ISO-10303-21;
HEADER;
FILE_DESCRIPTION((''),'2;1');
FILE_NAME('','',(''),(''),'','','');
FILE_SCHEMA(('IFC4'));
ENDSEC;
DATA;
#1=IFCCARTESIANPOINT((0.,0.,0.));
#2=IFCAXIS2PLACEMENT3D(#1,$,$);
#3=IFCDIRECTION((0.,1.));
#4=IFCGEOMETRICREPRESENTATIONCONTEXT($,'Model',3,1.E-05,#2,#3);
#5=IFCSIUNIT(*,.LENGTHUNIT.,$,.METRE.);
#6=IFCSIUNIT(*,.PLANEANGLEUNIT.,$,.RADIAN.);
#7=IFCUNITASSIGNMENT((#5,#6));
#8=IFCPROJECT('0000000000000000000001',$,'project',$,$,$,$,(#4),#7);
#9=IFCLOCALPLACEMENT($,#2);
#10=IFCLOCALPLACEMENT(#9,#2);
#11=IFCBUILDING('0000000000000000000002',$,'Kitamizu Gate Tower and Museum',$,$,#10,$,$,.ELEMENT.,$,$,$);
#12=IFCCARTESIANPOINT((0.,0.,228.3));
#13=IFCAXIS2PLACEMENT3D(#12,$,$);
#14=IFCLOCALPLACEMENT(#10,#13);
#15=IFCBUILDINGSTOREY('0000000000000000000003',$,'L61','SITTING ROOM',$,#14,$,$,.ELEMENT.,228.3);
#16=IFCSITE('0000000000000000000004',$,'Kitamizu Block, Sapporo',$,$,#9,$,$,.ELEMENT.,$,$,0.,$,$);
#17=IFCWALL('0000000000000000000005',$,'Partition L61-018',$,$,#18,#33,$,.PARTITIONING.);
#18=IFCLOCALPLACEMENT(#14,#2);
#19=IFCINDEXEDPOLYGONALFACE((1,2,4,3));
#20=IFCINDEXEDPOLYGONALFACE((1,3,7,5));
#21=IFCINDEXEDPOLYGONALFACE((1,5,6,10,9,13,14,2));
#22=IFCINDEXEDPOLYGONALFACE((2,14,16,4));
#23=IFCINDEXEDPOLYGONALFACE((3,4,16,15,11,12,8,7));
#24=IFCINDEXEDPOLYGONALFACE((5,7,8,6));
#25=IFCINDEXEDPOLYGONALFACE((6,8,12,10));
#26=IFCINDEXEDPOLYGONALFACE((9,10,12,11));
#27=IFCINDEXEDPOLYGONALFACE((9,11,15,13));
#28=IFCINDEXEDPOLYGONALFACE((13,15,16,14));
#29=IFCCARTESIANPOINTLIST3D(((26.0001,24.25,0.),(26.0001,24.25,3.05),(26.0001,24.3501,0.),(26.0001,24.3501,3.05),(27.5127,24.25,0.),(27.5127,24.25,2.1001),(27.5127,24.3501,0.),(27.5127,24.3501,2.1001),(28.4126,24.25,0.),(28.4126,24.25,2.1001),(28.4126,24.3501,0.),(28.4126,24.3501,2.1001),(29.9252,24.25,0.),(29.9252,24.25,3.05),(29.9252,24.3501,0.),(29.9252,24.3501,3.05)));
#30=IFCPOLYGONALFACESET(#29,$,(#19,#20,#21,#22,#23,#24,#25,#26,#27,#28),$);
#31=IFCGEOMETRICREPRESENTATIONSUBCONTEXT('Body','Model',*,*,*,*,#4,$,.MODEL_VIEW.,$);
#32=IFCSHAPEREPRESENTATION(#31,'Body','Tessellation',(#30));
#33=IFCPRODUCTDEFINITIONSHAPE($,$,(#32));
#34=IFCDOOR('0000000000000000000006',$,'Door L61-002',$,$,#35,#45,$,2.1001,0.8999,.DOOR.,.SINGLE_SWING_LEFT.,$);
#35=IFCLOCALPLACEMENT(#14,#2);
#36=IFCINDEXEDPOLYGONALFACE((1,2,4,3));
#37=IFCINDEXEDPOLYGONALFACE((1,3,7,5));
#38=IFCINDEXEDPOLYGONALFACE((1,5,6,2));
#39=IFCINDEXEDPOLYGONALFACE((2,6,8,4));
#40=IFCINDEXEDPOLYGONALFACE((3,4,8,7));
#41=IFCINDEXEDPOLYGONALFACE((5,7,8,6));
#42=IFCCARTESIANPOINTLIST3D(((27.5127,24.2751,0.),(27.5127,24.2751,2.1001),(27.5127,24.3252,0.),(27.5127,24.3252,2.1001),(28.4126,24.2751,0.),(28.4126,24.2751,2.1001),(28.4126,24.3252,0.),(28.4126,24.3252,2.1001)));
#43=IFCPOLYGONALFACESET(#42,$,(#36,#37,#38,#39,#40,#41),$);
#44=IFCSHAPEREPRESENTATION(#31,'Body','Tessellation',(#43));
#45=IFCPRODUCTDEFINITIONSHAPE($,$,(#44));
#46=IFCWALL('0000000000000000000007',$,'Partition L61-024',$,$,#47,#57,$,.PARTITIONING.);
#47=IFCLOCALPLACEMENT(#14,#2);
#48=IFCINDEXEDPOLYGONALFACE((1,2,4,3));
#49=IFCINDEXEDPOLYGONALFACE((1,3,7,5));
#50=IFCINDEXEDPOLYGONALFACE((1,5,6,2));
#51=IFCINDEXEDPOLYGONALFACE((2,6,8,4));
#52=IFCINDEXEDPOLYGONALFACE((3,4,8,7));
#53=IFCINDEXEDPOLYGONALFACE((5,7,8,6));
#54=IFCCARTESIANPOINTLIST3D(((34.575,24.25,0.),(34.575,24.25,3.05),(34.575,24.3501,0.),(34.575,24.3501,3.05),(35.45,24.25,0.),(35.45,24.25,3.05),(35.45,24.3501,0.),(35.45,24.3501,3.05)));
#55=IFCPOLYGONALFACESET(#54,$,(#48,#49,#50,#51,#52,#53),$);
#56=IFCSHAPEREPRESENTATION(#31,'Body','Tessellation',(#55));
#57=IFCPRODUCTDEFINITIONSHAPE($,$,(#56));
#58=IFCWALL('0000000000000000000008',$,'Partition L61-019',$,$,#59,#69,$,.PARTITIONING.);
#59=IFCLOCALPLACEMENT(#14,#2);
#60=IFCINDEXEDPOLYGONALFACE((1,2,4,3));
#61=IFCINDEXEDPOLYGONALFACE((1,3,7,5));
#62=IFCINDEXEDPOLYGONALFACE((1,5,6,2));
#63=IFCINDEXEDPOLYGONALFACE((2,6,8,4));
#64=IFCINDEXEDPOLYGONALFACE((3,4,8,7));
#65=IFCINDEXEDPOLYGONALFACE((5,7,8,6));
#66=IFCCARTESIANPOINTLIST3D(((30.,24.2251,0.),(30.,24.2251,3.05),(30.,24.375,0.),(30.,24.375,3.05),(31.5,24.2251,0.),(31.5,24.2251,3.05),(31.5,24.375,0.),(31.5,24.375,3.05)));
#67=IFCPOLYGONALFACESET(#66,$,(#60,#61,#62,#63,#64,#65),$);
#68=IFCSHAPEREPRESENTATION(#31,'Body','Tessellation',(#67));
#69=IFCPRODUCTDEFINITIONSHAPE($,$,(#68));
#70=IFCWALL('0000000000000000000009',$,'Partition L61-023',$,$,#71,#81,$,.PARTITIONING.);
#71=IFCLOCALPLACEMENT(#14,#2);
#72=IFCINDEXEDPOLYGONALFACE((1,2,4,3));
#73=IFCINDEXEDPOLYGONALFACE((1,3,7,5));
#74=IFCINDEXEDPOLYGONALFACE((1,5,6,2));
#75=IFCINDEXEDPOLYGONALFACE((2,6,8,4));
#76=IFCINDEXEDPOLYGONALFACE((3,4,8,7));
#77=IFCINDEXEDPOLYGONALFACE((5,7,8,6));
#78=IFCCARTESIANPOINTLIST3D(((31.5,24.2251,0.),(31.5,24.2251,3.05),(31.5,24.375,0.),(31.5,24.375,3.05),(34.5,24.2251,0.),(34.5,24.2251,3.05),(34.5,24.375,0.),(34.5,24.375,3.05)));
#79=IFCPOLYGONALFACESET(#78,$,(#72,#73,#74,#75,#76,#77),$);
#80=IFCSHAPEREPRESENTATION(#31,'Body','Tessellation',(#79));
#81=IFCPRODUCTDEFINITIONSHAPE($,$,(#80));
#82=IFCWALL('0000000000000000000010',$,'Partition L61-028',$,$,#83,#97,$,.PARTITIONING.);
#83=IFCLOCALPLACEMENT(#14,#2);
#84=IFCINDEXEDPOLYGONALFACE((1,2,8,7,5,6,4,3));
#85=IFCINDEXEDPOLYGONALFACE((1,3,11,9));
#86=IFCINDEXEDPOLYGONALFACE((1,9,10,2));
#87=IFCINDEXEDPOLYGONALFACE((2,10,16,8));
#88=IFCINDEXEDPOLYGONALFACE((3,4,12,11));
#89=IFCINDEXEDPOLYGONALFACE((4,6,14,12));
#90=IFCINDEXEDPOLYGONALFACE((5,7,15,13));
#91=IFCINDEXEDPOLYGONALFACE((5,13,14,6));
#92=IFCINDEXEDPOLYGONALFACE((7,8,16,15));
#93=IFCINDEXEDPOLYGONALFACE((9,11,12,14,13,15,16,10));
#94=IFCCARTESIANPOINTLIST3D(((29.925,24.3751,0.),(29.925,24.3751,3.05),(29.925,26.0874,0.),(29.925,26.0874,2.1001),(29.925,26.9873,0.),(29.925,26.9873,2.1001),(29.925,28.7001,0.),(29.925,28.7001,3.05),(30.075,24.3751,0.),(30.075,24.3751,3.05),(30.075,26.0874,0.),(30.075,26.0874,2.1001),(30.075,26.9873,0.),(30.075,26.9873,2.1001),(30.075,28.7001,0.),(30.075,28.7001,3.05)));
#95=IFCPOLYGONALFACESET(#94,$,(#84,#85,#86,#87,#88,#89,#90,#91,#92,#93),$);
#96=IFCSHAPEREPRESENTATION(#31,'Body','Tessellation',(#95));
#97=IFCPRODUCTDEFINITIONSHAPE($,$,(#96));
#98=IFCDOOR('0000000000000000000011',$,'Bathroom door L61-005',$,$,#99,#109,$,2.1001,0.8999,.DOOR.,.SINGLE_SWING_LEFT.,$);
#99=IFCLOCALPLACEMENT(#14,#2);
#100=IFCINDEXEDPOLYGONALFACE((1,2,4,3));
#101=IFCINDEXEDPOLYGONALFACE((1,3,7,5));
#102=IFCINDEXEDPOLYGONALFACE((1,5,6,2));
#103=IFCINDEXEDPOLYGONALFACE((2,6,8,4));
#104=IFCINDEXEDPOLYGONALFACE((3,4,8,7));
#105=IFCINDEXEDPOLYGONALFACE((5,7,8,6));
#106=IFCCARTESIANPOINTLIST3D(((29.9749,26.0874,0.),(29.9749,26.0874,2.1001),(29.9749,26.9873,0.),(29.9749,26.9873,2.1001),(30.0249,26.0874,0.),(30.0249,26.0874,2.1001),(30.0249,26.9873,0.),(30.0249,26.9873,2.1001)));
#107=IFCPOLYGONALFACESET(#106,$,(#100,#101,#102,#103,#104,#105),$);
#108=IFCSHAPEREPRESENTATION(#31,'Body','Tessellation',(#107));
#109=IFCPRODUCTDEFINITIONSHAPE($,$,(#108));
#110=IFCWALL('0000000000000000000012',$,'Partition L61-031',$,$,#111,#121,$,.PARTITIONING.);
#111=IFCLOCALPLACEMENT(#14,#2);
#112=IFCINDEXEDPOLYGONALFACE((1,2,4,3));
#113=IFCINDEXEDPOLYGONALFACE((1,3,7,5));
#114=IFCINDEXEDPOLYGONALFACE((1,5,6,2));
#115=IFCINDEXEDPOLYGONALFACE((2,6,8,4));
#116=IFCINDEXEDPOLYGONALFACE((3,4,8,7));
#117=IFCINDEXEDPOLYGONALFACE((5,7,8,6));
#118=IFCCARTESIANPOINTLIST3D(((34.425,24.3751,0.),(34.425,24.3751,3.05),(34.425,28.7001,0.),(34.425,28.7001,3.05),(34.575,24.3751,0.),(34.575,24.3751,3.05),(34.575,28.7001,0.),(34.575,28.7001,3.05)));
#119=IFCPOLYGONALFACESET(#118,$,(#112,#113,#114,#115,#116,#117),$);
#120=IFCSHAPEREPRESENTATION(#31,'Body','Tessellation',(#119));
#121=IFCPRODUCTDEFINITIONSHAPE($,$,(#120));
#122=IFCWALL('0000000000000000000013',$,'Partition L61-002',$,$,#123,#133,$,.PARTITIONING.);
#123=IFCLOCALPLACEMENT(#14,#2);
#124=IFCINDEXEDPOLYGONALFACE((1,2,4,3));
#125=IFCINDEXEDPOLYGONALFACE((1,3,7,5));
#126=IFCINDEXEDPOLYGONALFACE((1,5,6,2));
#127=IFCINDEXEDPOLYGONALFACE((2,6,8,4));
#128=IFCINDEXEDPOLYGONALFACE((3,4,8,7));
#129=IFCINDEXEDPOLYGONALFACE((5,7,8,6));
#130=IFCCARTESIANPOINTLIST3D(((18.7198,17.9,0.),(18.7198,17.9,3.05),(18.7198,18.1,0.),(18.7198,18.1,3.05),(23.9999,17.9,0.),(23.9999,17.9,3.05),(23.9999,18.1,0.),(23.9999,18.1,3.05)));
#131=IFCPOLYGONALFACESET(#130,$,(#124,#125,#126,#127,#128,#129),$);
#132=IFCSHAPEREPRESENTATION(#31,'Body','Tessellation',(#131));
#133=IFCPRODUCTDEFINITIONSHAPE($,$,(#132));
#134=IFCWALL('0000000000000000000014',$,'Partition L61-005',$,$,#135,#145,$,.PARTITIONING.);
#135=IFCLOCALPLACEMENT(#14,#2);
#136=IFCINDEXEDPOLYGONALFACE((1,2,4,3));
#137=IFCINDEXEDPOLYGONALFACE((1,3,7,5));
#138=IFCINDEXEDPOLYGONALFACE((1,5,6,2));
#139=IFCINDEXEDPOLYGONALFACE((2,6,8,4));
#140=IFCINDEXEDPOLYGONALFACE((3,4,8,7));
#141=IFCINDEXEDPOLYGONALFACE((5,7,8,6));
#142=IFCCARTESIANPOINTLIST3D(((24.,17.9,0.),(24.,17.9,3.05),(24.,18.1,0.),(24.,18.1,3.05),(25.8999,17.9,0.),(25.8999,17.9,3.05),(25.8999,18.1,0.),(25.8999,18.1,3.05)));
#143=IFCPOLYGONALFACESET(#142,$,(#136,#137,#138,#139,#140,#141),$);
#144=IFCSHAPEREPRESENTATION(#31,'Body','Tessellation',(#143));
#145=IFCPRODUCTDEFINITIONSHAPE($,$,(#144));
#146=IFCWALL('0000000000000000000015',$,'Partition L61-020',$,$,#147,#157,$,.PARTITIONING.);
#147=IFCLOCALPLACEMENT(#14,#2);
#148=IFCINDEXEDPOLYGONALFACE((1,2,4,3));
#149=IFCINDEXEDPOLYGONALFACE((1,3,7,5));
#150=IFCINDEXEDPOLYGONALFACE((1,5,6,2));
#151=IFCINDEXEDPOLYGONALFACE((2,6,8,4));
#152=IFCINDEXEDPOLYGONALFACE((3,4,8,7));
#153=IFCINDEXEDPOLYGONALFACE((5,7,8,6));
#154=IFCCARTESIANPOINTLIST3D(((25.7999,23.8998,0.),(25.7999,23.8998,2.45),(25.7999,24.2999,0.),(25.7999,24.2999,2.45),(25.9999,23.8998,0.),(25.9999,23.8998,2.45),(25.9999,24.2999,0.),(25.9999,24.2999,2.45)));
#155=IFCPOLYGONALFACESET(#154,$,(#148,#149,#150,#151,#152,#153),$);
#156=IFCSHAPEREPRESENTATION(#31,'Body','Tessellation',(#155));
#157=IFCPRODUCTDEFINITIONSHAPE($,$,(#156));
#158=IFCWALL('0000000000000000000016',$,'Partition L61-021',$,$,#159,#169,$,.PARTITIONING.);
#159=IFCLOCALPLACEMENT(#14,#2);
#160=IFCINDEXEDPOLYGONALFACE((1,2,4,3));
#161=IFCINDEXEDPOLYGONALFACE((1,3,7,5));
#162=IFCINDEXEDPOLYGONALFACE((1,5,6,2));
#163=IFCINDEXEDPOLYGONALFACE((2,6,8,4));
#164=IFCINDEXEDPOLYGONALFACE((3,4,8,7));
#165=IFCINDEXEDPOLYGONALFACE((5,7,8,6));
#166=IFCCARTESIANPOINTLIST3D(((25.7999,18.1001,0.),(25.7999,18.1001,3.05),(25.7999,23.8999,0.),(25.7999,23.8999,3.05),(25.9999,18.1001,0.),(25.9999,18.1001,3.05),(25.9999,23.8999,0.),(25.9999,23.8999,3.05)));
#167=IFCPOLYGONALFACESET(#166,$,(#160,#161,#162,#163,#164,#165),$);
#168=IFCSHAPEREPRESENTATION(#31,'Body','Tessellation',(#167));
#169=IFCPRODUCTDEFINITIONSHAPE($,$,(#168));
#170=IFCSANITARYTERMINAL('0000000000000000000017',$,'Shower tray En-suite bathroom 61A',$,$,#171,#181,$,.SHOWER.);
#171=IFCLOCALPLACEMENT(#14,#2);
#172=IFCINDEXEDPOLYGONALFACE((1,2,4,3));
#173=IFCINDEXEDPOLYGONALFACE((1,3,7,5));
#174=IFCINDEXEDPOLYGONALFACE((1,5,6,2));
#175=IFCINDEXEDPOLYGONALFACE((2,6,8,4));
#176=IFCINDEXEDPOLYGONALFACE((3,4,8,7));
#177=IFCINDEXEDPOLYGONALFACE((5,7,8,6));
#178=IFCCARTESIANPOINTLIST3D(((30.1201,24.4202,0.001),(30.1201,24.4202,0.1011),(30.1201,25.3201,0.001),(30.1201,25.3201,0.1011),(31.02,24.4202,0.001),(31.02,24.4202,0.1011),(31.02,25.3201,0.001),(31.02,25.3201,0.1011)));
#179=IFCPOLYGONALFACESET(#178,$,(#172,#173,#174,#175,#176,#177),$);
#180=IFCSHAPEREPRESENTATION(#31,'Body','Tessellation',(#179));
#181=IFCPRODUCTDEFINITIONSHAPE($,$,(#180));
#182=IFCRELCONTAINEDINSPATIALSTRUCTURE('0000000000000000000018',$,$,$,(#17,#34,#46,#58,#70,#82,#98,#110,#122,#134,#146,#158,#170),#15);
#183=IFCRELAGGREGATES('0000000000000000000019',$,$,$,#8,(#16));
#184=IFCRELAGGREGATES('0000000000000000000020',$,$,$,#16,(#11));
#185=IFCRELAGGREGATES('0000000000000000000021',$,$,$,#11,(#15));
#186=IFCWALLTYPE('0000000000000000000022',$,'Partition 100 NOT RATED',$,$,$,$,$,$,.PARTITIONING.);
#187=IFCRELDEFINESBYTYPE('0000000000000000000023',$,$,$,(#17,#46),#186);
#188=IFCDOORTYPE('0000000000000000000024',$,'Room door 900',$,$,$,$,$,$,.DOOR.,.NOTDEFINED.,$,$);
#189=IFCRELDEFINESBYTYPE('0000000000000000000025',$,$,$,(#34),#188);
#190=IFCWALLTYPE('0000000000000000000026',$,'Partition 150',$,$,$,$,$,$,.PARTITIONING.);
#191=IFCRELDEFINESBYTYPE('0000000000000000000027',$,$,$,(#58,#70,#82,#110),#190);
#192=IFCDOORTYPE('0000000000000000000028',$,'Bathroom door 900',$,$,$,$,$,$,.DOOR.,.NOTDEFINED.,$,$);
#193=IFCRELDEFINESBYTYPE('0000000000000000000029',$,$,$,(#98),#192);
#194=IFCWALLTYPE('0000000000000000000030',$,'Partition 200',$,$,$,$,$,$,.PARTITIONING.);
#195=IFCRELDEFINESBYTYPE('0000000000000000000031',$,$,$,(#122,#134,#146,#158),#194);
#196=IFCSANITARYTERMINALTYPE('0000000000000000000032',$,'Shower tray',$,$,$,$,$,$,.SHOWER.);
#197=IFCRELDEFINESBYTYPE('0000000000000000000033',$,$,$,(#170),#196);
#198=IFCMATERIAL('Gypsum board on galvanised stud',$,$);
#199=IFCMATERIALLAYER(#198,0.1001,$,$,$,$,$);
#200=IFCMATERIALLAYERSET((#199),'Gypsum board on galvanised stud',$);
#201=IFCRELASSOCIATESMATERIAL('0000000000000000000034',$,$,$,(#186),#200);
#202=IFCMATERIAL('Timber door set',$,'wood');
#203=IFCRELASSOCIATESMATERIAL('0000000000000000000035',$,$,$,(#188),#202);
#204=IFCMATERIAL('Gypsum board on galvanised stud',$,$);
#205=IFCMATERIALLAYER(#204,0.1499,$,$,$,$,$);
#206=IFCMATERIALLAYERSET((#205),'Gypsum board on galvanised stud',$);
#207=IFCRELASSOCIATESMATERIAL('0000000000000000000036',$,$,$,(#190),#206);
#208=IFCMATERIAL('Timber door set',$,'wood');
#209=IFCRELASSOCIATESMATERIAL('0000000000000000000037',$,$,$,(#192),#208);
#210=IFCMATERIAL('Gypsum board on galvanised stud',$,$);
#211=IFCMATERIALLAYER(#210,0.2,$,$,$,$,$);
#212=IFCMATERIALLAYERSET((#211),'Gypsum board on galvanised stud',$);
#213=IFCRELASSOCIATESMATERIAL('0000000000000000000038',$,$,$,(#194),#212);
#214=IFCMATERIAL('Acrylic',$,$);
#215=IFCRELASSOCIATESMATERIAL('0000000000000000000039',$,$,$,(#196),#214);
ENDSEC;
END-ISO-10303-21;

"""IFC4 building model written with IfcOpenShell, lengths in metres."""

from ifc_helpers import new_model, si_unit, direction, frame, frame_2d, origin, origin_2d, place, context, subcontext, project, spatial, rectangle, extrude, material, layer, layer_set, type_object, element, fill, save


model = new_model("IFC4")

# Units and contexts
model_context = context("Model", 3, precision=1e-05, world=origin(), true_north=direction((0.0, 1.0)))
body_context = subcontext(model_context, "Body", "Model", "MODEL_VIEW")
ifc_project = project(units=[si_unit("LENGTHUNIT", "METRE"), si_unit("PLANEANGLEUNIT", "RADIAN")], contexts=[model_context])

# Site, building, storey
site_placement = place(None, origin())
site = spatial("IfcSite", under=ifc_project, at=site_placement, Name="Kitamizu Block, Sapporo", CompositionType="ELEMENT", RefElevation=0.0)
building_placement = place(site_placement, origin())
building = spatial("IfcBuilding", under=site, at=building_placement, Name="Kitamizu Gate Tower and Museum", CompositionType="ELEMENT")
storey_placement = place(building_placement, frame((0.0, 0.0, 228.3)))
storey = spatial("IfcBuildingStorey", under=building, at=storey_placement, Name="L61", Description="SITTING ROOM", CompositionType="ELEMENT", Elevation=228.3)

# Shared definitions
ifc_material_1 = material(Name="Gypsum board on galvanised stud")
ifc_layer_1 = layer(ifc_material_1, 0.1001)
ifc_layer_set_1 = layer_set([ifc_layer_1], Name="Gypsum board on galvanised stud")
wall_type_1 = type_object("IfcWallType", Name="Partition 100 NOT RATED", PredefinedType="PARTITIONING", material=ifc_layer_set_1)
ifc_material_2 = material(Name="Timber door set", Category="wood")
door_type_1 = type_object("IfcDoorType", Name="Room door 900", OperationType="NOTDEFINED", PredefinedType="DOOR", material=ifc_material_2)

# Wall, opening, door
wall_1_placement = place(storey_placement, frame((29.925, 24.3, 0.0), z_axis=(0.0, 0.0, 1.0), x_axis=(-1.0, 0.0, 0.0)))
wall_1 = element("IfcWall", 1, at=wall_1_placement, inside=storey, type_object=wall_type_1, Name="Partition L61-018", PredefinedType="PARTITIONING", context=body_context, shape_type="SweptSolid", body=[
    extrude(rectangle(XDim=3.925, YDim=0.1001, at=frame_2d((1.9624, 0.0))), origin(), (0.0, 0.0, 1.0), 3.05),
])
opening_1_placement = place(wall_1_placement, frame((1.5125, 0.0, 0.0)))
opening_1 = element("IfcOpeningElement", 2, at=opening_1_placement, cuts=wall_1, PredefinedType="OPENING", context=body_context, shape_type="SweptSolid", body=[
    extrude(rectangle(XDim=0.8999, YDim=2.1001, at=frame_2d((0.45, 1.05))), frame((0.0, 0.0601, 0.0), z_axis=(0.0, -1.0, 0.0), x_axis=(1.0, 0.0, 0.0)), (0.0, 0.0, 1.0), 0.1201),
])
door_1_placement = place(opening_1_placement, origin())
door_1 = element("IfcDoor", 3, at=door_1_placement, inside=storey, type_object=door_type_1, Name="Door L61-002", OperationType="SINGLE_SWING_LEFT", OverallHeight=2.1001, OverallWidth=0.8999, PredefinedType="DOOR", context=body_context, shape_type="SweptSolid", body=[
    extrude(rectangle(XDim=0.8999, YDim=2.1001, at=frame_2d((0.45, 1.05))), frame((0.0, 0.0249, 0.0), z_axis=(0.0, -1.0, 0.0), x_axis=(1.0, 0.0, 0.0)), (0.0, 0.0, 1.0), 0.05),
])
fill(opening_1, door_1)

# Walls
wall_2_placement = place(storey_placement, frame((35.45, 24.3, 0.0), z_axis=(0.0, 0.0, 1.0), x_axis=(-1.0, 0.0, 0.0)))
element("IfcWall", 4, at=wall_2_placement, inside=storey, type_object=wall_type_1, Name="Partition L61-024", PredefinedType="PARTITIONING", context=body_context, shape_type="SweptSolid", body=[
    extrude(rectangle(XDim=0.875, YDim=0.1001, at=frame_2d((0.4375, 0.0))), origin(), (0.0, 0.0, 1.0), 3.05),
])
ifc_material_3 = material(Name="Gypsum board on galvanised stud")
ifc_layer_2 = layer(ifc_material_3, 0.1499)
ifc_layer_set_2 = layer_set([ifc_layer_2], Name="Gypsum board on galvanised stud")
wall_type_2 = type_object("IfcWallType", Name="Partition 150", PredefinedType="PARTITIONING", material=ifc_layer_set_2)
wall_3_placement = place(storey_placement, frame((31.5, 24.3, 0.0), z_axis=(0.0, 0.0, 1.0), x_axis=(-1.0, 0.0, 0.0)))
element("IfcWall", 5, at=wall_3_placement, inside=storey, type_object=wall_type_2, Name="Partition L61-019", PredefinedType="PARTITIONING", context=body_context, shape_type="SweptSolid", body=[
    extrude(rectangle(XDim=1.5, YDim=0.1499, at=frame_2d((0.75, 0.0))), origin(), (0.0, 0.0, 1.0), 3.05),
])
wall_4_placement = place(storey_placement, frame((34.5, 24.3, 0.0), z_axis=(0.0, 0.0, 1.0), x_axis=(-1.0, 0.0, 0.0)))
element("IfcWall", 6, at=wall_4_placement, inside=storey, type_object=wall_type_2, Name="Partition L61-023", PredefinedType="PARTITIONING", context=body_context, shape_type="SweptSolid", body=[
    extrude(rectangle(XDim=3.0, YDim=0.1499, at=frame_2d((1.5, 0.0))), origin(), (0.0, 0.0, 1.0), 3.05),
])

# Wall, opening, door
wall_5_placement = place(storey_placement, frame((30.0, 24.375, 0.0), z_axis=(0.0, 0.0, 1.0), x_axis=(0.0, 1.0, 0.0)))
wall_5 = element("IfcWall", 7, at=wall_5_placement, inside=storey, type_object=wall_type_2, Name="Partition L61-028", PredefinedType="PARTITIONING", context=body_context, shape_type="SweptSolid", body=[
    extrude(rectangle(XDim=4.325, YDim=0.1499, at=frame_2d((2.1626, 0.0))), origin(), (0.0, 0.0, 1.0), 3.05),
])
opening_2_placement = place(wall_5_placement, frame((1.7124, 0.0, 0.0)))
opening_2 = element("IfcOpeningElement", 8, at=opening_2_placement, cuts=wall_5, PredefinedType="OPENING", context=body_context, shape_type="SweptSolid", body=[
    extrude(rectangle(XDim=0.8999, YDim=2.1001, at=frame_2d((0.45, 1.05))), frame((0.0, 0.085, 0.0), z_axis=(0.0, -1.0, 0.0), x_axis=(1.0, 0.0, 0.0)), (0.0, 0.0, 1.0), 0.1699),
])
ifc_material_4 = material(Name="Timber door set", Category="wood")
door_type_2 = type_object("IfcDoorType", Name="Bathroom door 900", OperationType="NOTDEFINED", PredefinedType="DOOR", material=ifc_material_4)
door_2_placement = place(opening_2_placement, frame((0.8999, 0.0, 0.0), x_axis=(-1.0, 0.0, 0.0)))
door_2 = element("IfcDoor", 9, at=door_2_placement, inside=storey, type_object=door_type_2, Name="Bathroom door L61-005", OperationType="SINGLE_SWING_LEFT", OverallHeight=2.1001, OverallWidth=0.8999, PredefinedType="DOOR", context=body_context, shape_type="SweptSolid", body=[
    extrude(rectangle(XDim=0.8999, YDim=2.1001, at=frame_2d((0.45, 1.05))), frame((0.0, 0.0249, 0.0), z_axis=(0.0, -1.0, 0.0), x_axis=(1.0, 0.0, 0.0)), (0.0, 0.0, 1.0), 0.05),
])
fill(opening_2, door_2)

# Walls
wall_6_placement = place(storey_placement, frame((34.5, 24.375, 0.0), z_axis=(0.0, 0.0, 1.0), x_axis=(0.0, 1.0, 0.0)))
element("IfcWall", 10, at=wall_6_placement, inside=storey, type_object=wall_type_2, Name="Partition L61-031", PredefinedType="PARTITIONING", context=body_context, shape_type="SweptSolid", body=[
    extrude(rectangle(XDim=4.325, YDim=0.1499, at=frame_2d((2.1626, 0.0))), origin(), (0.0, 0.0, 1.0), 3.05),
])
ifc_material_5 = material(Name="Gypsum board on galvanised stud")
ifc_layer_3 = layer(ifc_material_5, 0.2)
ifc_layer_set_3 = layer_set([ifc_layer_3], Name="Gypsum board on galvanised stud")
wall_type_3 = type_object("IfcWallType", Name="Partition 200", PredefinedType="PARTITIONING", material=ifc_layer_set_3)
wall_7_placement = place(storey_placement, frame((24.0, 18.0, 0.0), z_axis=(0.0, 0.0, 1.0), x_axis=(-1.0, 0.0, 0.0)))
element("IfcWall", 11, at=wall_7_placement, inside=storey, type_object=wall_type_3, Name="Partition L61-002", PredefinedType="PARTITIONING", context=body_context, shape_type="SweptSolid", body=[
    extrude(rectangle(XDim=5.28, YDim=0.2, at=frame_2d((2.6401, 0.0))), origin(), (0.0, 0.0, 1.0), 3.05),
])
wall_8_placement = place(storey_placement, frame((25.8999, 18.0, 0.0), z_axis=(0.0, 0.0, 1.0), x_axis=(-1.0, 0.0, 0.0)))
element("IfcWall", 12, at=wall_8_placement, inside=storey, type_object=wall_type_3, Name="Partition L61-005", PredefinedType="PARTITIONING", context=body_context, shape_type="SweptSolid", body=[
    extrude(rectangle(XDim=1.8999, YDim=0.2, at=frame_2d((0.95, 0.0))), origin(), (0.0, 0.0, 1.0), 3.05),
])
wall_9_placement = place(storey_placement, frame((25.8999, 24.3, 0.0), z_axis=(0.0, 0.0, 1.0), x_axis=(0.0, -1.0, 0.0)))
element("IfcWall", 13, at=wall_9_placement, inside=storey, type_object=wall_type_3, Name="Partition L61-020", PredefinedType="PARTITIONING", context=body_context, shape_type="SweptSolid", body=[
    extrude(rectangle(XDim=0.4001, YDim=0.2, at=frame_2d((0.2002, 0.0))), origin(), (0.0, 0.0, 1.0), 2.45),
])
wall_10_placement = place(storey_placement, frame((25.8999, 23.8999, 0.0), z_axis=(0.0, 0.0, 1.0), x_axis=(0.0, -1.0, 0.0)))
element("IfcWall", 14, at=wall_10_placement, inside=storey, type_object=wall_type_3, Name="Partition L61-021", PredefinedType="PARTITIONING", context=body_context, shape_type="SweptSolid", body=[
    extrude(rectangle(XDim=5.7998, YDim=0.2, at=frame_2d((2.8999, 0.0))), origin(), (0.0, 0.0, 1.0), 3.05),
])

# Sanitary terminal
ifc_material_6 = material(Name="Acrylic")
sanitary_terminal_type_1 = type_object("IfcSanitaryTerminalType", Name="Shower tray", PredefinedType="SHOWER", material=ifc_material_6)
sanitary_terminal_1_placement = place(storey_placement, frame((30.5701, 24.8701, 0.001), z_axis=(0.0, 0.0, 1.0), x_axis=(1.0, 0.0, 0.0)))
element("IfcSanitaryTerminal", 15, at=sanitary_terminal_1_placement, inside=storey, type_object=sanitary_terminal_type_1, Name="Shower tray En-suite bathroom 61A", PredefinedType="SHOWER", context=body_context, shape_type="SweptSolid", body=[
    extrude(rectangle(XDim=0.8999, YDim=0.8999, at=origin_2d()), origin(), (0.0, 0.0, 1.0), 0.1001),
])

save(model, "model.ifc")
